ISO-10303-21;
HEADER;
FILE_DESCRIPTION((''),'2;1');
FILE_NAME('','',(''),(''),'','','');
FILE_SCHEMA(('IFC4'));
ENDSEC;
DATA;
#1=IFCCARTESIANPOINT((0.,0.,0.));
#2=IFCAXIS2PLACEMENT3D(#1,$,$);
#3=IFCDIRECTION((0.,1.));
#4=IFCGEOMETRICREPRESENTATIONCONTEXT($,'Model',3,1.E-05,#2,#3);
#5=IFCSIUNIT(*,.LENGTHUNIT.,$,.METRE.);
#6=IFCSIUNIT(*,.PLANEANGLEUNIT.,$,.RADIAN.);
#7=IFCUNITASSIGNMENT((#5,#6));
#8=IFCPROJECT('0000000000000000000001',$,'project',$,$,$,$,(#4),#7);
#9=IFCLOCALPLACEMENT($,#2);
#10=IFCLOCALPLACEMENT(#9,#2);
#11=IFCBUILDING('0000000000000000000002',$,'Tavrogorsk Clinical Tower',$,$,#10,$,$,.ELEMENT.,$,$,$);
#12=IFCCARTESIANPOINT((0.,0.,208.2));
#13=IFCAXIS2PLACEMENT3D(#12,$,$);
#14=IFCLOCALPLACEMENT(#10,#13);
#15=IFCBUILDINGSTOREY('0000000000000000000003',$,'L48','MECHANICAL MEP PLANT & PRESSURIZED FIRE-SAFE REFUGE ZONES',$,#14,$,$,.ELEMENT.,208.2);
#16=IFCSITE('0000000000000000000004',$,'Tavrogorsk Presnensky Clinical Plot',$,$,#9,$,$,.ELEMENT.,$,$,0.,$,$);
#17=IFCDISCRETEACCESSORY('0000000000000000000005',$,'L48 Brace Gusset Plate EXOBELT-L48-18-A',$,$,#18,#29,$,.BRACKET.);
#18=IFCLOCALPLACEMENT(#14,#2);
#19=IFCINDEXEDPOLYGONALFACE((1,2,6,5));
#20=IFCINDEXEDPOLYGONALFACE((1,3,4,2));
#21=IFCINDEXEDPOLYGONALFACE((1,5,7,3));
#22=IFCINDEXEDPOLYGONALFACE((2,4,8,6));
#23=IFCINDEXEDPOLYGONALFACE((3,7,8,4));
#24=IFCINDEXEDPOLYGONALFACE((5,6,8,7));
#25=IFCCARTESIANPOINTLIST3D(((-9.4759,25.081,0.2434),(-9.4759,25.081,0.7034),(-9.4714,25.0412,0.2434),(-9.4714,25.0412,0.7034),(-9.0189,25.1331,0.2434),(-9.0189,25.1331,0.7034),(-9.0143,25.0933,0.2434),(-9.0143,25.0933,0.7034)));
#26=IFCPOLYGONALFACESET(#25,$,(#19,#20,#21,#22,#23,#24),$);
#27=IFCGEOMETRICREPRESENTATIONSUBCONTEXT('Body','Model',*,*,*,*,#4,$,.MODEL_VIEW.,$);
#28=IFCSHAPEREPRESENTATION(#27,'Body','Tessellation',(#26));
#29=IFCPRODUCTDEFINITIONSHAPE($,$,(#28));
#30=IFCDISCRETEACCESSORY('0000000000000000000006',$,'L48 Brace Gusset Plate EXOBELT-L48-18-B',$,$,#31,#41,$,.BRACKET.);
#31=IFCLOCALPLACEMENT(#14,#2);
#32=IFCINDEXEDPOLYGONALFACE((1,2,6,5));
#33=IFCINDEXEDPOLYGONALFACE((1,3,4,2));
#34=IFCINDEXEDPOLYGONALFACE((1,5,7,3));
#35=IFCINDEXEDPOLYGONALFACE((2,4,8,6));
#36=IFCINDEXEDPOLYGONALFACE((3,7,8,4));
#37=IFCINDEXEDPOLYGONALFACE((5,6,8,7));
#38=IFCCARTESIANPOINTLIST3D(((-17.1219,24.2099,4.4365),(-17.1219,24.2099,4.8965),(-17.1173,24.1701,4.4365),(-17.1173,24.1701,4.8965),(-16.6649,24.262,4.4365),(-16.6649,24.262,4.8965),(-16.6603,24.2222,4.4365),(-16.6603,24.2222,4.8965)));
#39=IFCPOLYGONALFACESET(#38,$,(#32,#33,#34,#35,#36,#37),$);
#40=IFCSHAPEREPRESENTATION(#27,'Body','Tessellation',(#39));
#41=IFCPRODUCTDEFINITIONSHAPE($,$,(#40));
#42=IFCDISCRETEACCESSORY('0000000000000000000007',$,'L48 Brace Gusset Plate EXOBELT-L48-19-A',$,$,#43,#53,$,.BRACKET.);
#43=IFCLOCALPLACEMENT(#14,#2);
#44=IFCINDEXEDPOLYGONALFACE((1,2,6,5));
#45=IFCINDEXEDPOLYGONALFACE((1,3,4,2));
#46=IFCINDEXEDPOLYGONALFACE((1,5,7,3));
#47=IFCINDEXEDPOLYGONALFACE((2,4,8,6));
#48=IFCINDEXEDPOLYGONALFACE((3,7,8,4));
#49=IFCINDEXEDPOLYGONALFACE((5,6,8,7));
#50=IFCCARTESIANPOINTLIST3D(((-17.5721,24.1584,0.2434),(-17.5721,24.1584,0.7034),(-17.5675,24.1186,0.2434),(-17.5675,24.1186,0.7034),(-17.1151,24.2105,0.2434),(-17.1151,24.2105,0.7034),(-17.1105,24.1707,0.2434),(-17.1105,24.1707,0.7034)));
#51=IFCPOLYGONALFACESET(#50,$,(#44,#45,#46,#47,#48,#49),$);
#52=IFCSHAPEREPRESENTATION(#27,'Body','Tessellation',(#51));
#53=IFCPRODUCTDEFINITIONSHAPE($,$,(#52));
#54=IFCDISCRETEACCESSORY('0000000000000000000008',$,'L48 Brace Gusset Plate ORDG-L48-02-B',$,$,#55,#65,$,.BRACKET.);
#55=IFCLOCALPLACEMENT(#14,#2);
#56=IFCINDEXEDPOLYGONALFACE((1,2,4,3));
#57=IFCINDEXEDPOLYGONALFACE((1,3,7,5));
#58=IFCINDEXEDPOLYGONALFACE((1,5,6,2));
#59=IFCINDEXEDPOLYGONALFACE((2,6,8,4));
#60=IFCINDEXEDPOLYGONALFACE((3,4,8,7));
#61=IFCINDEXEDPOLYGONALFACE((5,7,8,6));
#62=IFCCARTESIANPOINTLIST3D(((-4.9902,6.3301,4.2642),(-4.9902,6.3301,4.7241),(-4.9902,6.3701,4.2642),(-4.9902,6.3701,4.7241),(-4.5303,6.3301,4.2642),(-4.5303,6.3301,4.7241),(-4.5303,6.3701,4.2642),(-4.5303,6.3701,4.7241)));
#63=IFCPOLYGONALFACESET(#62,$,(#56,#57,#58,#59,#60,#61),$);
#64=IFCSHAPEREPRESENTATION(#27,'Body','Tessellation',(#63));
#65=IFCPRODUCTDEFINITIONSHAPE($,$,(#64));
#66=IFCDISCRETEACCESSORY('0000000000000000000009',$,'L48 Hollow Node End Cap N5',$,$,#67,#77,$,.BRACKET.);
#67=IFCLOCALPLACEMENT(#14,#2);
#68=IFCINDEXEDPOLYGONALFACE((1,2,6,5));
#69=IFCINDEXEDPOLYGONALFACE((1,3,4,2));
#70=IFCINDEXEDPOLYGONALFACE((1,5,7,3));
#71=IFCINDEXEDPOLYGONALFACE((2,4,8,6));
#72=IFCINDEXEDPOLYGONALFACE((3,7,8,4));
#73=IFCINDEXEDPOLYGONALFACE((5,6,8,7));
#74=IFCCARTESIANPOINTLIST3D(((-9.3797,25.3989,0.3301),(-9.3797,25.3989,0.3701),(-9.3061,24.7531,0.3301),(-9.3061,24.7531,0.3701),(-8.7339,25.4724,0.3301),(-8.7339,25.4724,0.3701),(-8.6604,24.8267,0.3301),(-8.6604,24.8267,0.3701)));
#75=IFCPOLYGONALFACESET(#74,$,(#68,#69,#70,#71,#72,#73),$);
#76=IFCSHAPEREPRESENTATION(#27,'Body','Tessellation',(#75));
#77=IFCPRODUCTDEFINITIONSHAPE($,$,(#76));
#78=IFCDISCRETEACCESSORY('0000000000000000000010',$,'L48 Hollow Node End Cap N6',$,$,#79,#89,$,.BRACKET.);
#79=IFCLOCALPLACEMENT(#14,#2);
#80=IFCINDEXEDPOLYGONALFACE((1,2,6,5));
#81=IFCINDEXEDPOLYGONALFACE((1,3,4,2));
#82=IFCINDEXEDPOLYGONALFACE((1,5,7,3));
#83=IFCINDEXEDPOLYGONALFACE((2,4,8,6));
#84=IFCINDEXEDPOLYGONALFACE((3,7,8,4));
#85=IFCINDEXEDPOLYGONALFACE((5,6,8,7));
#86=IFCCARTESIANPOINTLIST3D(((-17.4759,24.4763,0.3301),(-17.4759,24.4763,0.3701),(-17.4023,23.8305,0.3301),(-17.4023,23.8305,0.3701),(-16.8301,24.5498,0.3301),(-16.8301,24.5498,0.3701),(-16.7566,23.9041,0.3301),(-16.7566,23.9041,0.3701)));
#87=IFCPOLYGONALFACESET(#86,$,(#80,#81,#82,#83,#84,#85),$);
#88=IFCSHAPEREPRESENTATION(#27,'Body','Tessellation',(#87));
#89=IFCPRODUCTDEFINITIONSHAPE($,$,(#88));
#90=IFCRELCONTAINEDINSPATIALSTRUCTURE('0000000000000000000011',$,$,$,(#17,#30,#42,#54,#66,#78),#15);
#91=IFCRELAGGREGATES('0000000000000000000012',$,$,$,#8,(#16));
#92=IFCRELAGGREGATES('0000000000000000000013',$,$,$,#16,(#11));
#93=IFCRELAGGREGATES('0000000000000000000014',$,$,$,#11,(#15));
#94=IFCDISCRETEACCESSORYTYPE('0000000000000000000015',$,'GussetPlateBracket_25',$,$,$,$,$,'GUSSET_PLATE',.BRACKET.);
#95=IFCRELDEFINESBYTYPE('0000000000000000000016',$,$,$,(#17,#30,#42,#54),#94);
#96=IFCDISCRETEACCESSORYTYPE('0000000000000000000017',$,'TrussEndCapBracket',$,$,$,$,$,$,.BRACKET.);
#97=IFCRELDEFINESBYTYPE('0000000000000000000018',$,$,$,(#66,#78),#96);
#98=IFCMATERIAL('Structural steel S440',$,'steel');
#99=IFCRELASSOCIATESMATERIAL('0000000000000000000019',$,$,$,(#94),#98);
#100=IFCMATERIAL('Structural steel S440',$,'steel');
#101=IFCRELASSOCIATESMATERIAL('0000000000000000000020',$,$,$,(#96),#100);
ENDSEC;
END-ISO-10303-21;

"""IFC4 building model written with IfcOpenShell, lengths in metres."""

from ifc_helpers import new_model, si_unit, direction, frame, origin, origin_2d, place, context, subcontext, project, spatial, rectangle, extrude, material, type_object, element, save


model = new_model("IFC4")

# Units and contexts
model_context = context("Model", 3, precision=1e-05, world=origin(), true_north=direction((0.0, 1.0)))
body_context = subcontext(model_context, "Body", "Model", "MODEL_VIEW")
ifc_project = project(units=[si_unit("LENGTHUNIT", "METRE"), si_unit("PLANEANGLEUNIT", "RADIAN")], contexts=[model_context])

# Site, building, storey
site_placement = place(None, origin())
site = spatial("IfcSite", under=ifc_project, at=site_placement, Name="Tavrogorsk Presnensky Clinical Plot", CompositionType="ELEMENT", RefElevation=0.0)
building_placement = place(site_placement, origin())
building = spatial("IfcBuilding", under=site, at=building_placement, Name="Tavrogorsk Clinical Tower", CompositionType="ELEMENT")
storey_placement = place(building_placement, frame((0.0, 0.0, 208.2)))
storey = spatial("IfcBuildingStorey", under=building, at=storey_placement, Name="L48", Description="MECHANICAL MEP PLANT & PRESSURIZED FIRE-SAFE REFUGE ZONES", CompositionType="ELEMENT", Elevation=208.2)

# Discrete accessories
ifc_material_1 = material(Name="Structural steel S440", Category="steel")
discrete_accessory_type_1 = type_object("IfcDiscreteAccessoryType", Name="GussetPlateBracket_25", ElementType="GUSSET_PLATE", PredefinedType="BRACKET", material=ifc_material_1)
for number, where, z_axis, x_axis, name in (
    (1, (-9.2451, 25.0872, 0.2434), (0.0, 0.0, 1.0), (-0.993572, -0.113203, 0.0), "L48 Brace Gusset Plate EXOBELT-L48-18-A"),
    (2, (-16.8911, 24.2161, 4.4365), (0.0, 0.0, 1.0), (-0.993572, -0.113203, 0.0), "L48 Brace Gusset Plate EXOBELT-L48-18-B"),
    (3, (-17.3413, 24.1646, 0.2434), (0.0, 0.0, 1.0), (-0.993572, -0.113203, 0.0), "L48 Brace Gusset Plate EXOBELT-L48-19-A"),
    (4, (-4.7603, 6.3501, 4.2642), (0.0, 0.0, 1.0), (1.0, 0.0, 0.0), "L48 Brace Gusset Plate ORDG-L48-02-B"),
):
    element("IfcDiscreteAccessory", number, at=place(storey_placement, frame(where, z_axis=z_axis, x_axis=x_axis)), inside=storey, type_object=discrete_accessory_type_1, Name=name, PredefinedType="BRACKET", context=body_context, shape_type="SweptSolid", body=[
        extrude(rectangle(XDim=0.46, YDim=0.04, at=origin_2d()), origin(), (0.0, 0.0, 1.0), 0.46),
    ])
ifc_material_2 = material(Name="Structural steel S440", Category="steel")
discrete_accessory_type_2 = type_object("IfcDiscreteAccessoryType", Name="TrussEndCapBracket", PredefinedType="BRACKET", material=ifc_material_2)
for number, where, z_axis, x_axis, name in (
    (5, (-9.02, 25.1128, 0.3301), (0.0, 0.0, 1.0), (0.993572, 0.113203, 0.0), "L48 Hollow Node End Cap N5"),
    (6, (-17.1162, 24.1902, 0.3301), (0.0, 0.0, 1.0), (0.993572, 0.113203, 0.0), "L48 Hollow Node End Cap N6"),
):
    element("IfcDiscreteAccessory", number, at=place(storey_placement, frame(where, z_axis=z_axis, x_axis=x_axis)), inside=storey, type_object=discrete_accessory_type_2, Name=name, PredefinedType="BRACKET", context=body_context, shape_type="SweptSolid", body=[
        extrude(rectangle(XDim=0.6499, YDim=0.6499, at=origin_2d()), origin(), (0.0, 0.0, 1.0), 0.04),
    ])

save(model, "model.ifc")
